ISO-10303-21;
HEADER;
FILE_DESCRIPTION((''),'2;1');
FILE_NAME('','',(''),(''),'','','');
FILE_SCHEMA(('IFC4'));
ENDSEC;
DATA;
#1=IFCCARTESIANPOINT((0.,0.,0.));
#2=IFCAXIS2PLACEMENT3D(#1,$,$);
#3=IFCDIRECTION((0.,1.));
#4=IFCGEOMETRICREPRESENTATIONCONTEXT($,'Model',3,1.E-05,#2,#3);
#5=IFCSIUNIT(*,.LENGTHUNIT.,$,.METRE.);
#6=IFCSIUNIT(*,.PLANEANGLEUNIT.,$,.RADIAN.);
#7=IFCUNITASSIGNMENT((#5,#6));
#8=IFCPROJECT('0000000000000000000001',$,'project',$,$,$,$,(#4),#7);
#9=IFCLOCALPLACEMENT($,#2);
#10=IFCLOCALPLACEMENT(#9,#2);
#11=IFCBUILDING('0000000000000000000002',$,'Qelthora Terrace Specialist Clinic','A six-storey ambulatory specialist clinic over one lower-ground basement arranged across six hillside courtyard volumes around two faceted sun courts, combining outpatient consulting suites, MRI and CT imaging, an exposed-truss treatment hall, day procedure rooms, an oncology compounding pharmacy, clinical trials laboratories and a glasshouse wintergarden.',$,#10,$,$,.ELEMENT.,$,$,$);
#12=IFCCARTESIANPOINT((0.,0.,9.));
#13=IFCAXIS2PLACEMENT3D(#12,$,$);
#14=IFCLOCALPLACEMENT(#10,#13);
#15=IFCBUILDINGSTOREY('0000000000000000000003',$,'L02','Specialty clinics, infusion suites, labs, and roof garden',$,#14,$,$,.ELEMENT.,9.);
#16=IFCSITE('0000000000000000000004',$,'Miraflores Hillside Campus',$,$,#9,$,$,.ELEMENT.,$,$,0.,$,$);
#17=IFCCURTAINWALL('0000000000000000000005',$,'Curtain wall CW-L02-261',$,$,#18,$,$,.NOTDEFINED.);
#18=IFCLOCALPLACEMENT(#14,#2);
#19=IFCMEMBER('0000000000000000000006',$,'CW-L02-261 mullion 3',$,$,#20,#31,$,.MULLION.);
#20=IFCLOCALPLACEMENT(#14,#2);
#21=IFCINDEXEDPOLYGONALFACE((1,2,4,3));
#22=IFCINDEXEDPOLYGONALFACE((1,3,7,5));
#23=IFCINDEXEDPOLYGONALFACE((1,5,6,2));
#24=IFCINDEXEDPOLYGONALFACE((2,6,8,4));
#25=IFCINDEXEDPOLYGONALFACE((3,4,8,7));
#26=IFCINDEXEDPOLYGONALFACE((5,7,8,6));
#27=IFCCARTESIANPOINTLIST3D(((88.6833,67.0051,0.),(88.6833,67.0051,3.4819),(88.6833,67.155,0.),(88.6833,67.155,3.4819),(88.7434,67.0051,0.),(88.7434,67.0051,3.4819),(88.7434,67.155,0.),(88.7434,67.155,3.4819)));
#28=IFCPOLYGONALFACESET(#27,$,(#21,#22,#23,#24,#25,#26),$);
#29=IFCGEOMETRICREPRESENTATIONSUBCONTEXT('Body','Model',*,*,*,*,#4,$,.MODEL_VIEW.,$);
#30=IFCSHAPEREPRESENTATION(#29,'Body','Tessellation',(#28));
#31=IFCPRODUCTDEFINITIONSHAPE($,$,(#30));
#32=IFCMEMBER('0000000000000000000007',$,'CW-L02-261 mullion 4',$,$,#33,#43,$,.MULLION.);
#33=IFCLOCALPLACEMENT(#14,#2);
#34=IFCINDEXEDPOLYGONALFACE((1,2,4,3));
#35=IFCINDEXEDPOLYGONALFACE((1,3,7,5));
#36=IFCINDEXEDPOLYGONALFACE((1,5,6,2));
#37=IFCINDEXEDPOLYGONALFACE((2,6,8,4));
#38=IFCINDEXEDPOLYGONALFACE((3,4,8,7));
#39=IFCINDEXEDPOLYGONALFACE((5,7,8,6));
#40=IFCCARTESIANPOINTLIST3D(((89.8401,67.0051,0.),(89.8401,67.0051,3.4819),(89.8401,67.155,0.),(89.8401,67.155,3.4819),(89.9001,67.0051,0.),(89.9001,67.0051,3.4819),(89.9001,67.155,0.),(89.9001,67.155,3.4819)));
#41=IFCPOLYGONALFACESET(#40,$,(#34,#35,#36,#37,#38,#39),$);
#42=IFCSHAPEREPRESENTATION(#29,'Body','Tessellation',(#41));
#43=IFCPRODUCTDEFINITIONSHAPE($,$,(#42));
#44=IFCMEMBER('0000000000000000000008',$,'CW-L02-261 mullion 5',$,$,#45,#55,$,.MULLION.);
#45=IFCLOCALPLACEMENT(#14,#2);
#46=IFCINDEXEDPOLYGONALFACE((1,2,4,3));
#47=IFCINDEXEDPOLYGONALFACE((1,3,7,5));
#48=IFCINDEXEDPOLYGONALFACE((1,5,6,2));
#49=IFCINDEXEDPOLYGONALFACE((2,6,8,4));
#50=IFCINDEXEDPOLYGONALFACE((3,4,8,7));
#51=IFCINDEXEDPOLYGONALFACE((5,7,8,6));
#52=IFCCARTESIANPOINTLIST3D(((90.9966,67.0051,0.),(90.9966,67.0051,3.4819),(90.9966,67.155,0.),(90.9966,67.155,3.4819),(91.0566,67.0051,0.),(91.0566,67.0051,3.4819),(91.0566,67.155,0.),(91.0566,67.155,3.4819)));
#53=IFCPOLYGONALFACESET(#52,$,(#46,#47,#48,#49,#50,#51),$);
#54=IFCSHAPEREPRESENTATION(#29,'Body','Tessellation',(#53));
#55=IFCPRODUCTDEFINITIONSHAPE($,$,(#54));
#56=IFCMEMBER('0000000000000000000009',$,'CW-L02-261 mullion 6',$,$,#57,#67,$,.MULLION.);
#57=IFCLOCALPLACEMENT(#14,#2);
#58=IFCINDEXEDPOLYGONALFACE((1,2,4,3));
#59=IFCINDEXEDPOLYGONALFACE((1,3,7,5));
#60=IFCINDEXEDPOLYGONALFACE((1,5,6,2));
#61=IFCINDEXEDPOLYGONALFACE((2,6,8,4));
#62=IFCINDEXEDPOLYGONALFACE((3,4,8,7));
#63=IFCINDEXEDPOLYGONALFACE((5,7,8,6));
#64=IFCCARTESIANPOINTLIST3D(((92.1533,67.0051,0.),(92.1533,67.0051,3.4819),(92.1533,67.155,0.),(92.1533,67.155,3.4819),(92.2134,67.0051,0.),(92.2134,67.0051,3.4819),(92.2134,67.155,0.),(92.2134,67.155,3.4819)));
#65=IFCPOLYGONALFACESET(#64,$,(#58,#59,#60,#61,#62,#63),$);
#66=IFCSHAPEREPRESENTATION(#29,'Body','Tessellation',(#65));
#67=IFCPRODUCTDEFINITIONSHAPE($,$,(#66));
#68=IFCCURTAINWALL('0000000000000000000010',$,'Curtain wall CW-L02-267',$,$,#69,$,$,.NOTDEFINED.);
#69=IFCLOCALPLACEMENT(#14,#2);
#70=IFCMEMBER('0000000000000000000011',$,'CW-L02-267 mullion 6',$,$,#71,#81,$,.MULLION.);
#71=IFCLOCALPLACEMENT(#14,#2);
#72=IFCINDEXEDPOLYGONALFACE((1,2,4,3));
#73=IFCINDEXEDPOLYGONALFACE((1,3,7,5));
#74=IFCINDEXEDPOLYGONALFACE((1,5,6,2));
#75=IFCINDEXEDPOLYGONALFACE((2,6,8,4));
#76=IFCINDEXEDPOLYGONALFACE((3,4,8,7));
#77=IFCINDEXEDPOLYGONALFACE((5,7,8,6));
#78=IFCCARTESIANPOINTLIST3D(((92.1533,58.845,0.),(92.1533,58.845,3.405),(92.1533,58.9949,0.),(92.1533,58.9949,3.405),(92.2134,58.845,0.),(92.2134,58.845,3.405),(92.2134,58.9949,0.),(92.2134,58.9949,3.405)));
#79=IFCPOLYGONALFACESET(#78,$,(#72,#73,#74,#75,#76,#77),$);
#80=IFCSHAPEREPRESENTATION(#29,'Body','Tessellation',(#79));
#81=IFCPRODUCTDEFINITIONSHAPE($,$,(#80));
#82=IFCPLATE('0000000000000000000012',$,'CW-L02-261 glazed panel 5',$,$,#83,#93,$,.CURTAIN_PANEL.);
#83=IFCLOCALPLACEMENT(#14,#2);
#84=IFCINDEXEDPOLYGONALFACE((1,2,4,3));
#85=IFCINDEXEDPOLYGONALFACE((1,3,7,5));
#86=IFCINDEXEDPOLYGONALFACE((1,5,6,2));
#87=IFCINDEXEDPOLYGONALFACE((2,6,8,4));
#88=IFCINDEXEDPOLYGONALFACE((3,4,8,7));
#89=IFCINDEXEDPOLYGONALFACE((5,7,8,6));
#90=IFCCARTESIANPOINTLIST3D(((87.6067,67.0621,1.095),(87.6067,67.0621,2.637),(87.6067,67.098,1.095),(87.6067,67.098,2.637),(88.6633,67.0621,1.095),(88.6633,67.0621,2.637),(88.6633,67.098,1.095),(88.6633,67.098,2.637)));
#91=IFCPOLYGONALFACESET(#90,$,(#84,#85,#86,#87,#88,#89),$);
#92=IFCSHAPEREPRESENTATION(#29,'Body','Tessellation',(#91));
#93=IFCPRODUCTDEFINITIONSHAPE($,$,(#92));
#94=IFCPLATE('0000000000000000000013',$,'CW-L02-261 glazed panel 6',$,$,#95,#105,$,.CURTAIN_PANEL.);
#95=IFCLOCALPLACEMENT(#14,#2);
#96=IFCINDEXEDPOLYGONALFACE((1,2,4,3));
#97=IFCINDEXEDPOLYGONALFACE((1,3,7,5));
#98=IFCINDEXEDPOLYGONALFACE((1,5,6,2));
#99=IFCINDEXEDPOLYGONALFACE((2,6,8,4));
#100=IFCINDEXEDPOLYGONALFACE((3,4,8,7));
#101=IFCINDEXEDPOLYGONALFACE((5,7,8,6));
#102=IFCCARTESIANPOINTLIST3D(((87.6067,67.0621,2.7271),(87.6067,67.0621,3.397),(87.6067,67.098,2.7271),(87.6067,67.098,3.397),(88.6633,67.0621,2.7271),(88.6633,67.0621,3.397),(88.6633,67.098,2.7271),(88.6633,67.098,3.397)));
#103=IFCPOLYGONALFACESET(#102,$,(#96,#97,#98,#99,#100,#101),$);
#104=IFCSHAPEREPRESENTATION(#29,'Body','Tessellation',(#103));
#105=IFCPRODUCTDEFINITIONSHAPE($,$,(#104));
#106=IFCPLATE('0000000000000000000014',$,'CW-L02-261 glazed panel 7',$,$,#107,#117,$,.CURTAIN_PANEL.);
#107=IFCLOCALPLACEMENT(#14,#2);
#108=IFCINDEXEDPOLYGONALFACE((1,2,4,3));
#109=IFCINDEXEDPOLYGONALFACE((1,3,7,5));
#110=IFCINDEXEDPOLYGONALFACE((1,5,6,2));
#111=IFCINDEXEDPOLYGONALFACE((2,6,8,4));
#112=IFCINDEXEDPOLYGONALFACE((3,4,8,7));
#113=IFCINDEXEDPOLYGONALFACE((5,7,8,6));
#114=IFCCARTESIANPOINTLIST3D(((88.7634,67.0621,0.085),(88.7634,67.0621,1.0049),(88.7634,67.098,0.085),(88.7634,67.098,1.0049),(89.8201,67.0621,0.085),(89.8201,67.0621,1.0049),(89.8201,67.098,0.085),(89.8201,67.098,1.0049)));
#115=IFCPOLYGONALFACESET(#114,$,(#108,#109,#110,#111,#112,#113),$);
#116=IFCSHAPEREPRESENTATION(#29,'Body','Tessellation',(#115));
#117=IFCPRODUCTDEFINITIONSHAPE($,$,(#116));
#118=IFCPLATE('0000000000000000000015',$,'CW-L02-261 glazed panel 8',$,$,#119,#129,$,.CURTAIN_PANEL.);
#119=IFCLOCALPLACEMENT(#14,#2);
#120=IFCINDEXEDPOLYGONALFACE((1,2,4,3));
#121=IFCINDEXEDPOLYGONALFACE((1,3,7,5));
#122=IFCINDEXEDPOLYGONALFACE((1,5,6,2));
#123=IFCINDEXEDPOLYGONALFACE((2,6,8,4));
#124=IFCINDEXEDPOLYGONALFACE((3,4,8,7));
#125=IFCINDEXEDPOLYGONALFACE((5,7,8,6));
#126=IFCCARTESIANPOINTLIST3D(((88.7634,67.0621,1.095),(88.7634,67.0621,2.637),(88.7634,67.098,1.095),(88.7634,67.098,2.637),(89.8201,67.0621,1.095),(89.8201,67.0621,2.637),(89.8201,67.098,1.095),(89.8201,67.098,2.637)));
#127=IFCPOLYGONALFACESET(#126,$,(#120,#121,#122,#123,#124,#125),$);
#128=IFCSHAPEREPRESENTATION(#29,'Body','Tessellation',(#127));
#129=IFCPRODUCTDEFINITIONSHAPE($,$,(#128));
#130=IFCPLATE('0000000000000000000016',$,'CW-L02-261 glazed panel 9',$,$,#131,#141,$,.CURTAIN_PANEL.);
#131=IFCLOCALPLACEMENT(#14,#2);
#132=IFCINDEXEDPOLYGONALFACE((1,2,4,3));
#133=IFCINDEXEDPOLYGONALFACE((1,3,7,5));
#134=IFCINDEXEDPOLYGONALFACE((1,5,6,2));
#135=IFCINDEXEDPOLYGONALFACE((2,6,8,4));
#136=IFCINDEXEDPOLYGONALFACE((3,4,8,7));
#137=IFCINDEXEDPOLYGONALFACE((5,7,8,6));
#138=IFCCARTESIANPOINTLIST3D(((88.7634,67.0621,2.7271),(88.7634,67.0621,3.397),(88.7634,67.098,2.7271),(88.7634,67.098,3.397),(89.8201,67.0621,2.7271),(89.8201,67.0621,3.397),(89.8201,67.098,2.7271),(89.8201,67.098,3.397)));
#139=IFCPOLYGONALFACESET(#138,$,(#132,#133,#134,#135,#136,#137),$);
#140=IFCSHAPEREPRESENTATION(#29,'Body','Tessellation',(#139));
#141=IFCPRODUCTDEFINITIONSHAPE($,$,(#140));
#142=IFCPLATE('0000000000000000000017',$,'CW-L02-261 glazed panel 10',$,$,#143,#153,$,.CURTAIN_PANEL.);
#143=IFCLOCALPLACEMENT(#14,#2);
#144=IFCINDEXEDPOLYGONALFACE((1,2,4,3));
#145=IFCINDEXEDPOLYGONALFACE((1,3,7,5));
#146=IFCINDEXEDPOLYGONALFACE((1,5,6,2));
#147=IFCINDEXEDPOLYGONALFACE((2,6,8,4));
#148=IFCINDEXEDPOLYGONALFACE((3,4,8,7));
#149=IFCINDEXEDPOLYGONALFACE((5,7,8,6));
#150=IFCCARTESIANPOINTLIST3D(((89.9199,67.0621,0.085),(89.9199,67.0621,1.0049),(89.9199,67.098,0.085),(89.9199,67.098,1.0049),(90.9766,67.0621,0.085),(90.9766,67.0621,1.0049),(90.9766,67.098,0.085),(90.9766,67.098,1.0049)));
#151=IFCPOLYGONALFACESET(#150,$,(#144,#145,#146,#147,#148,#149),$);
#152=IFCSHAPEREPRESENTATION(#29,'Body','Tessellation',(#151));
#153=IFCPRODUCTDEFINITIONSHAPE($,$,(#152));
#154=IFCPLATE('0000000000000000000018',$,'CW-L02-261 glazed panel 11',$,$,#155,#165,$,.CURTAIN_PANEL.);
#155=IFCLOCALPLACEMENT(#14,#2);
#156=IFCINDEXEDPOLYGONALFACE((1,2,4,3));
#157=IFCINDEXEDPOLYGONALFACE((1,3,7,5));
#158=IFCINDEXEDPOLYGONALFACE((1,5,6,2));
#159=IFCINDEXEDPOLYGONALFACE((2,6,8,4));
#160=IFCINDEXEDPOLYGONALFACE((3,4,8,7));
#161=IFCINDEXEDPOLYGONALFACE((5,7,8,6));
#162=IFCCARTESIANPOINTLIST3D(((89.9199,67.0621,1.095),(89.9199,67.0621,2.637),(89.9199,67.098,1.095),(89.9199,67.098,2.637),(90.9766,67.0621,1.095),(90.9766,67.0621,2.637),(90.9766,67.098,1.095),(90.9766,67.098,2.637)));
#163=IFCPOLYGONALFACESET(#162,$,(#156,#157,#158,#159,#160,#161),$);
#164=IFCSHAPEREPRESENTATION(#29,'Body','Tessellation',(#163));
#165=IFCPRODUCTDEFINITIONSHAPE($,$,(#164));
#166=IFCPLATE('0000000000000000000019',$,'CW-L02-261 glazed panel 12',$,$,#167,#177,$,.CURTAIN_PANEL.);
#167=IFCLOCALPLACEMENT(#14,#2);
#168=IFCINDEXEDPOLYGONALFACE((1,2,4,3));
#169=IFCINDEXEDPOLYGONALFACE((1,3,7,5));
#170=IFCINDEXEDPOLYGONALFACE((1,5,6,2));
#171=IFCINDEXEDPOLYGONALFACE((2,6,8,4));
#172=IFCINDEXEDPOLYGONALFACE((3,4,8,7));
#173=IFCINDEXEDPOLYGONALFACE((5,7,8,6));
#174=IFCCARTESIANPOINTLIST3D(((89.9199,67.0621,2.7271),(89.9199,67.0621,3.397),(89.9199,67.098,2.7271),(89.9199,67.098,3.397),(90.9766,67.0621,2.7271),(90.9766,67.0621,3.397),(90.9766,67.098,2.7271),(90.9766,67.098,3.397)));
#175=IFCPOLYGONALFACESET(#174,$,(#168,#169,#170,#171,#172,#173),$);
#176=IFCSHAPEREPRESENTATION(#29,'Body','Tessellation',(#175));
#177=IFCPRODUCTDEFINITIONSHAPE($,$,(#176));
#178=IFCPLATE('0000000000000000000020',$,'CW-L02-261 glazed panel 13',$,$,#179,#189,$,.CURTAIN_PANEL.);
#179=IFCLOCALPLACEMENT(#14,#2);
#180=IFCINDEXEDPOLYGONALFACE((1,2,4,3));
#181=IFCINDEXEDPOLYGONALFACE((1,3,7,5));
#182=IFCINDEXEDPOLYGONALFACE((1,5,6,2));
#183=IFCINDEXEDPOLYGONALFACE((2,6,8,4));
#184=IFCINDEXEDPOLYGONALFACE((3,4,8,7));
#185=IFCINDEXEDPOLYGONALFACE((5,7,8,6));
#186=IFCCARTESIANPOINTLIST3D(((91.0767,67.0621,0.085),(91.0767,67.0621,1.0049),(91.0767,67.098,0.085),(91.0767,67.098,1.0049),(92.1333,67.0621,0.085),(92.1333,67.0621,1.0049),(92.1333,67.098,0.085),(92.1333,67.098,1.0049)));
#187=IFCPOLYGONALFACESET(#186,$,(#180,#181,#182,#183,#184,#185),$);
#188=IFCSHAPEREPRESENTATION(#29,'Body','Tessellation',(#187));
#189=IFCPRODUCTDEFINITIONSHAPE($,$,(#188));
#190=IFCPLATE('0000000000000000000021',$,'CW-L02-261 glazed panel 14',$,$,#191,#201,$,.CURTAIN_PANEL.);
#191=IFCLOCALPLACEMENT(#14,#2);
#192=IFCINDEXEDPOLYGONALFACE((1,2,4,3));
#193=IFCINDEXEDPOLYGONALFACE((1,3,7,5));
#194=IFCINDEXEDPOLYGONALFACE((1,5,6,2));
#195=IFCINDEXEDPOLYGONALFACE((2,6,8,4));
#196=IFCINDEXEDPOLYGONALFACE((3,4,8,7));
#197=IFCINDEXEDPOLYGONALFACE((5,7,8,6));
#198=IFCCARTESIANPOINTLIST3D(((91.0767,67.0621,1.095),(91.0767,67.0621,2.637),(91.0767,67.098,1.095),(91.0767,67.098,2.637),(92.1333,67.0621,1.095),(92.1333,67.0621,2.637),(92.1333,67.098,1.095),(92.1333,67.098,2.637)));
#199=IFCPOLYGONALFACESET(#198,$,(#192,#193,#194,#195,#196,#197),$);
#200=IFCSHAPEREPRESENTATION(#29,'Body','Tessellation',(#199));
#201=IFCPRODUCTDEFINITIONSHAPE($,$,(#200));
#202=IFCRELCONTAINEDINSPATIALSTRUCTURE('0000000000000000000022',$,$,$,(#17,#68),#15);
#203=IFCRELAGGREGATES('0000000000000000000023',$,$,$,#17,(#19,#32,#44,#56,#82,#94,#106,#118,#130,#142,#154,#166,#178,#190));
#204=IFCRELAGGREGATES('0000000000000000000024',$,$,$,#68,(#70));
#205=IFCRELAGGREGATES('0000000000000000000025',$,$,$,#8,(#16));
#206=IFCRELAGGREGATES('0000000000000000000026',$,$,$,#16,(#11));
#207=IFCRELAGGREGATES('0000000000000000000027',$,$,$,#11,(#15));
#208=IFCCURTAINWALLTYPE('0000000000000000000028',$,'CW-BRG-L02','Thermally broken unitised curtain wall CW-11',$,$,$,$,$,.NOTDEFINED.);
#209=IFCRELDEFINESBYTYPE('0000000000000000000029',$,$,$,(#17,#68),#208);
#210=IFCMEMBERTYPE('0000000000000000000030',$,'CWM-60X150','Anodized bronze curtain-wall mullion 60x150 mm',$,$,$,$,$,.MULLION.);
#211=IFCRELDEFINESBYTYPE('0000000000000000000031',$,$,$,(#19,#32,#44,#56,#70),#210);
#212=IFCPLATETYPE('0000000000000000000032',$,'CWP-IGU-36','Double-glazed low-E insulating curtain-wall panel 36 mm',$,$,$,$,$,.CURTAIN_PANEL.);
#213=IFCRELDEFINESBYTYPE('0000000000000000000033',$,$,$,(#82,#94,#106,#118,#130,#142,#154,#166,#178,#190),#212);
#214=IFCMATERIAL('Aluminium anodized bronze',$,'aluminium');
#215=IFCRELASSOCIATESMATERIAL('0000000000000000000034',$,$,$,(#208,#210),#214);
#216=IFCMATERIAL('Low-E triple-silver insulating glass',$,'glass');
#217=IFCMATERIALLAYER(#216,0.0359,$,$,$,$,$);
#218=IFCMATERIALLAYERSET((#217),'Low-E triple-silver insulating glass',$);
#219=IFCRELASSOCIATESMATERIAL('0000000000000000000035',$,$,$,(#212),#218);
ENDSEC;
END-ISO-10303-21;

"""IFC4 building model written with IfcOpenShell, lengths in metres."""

from ifc_helpers import new_model, si_unit, direction, frame, origin, origin_2d, place, context, subcontext, project, spatial, rectangle, extrude, material, layer, layer_set, material_profile, profile_set, type_object, element, aggregate, save


model = new_model("IFC4")

# Units and contexts
model_context = context("Model", 3, precision=1e-05, world=origin(), true_north=direction((0.0, 1.0)))
body_context = subcontext(model_context, "Body", "Model", "MODEL_VIEW")
ifc_project = project(units=[si_unit("LENGTHUNIT", "METRE"), si_unit("PLANEANGLEUNIT", "RADIAN")], contexts=[model_context])

# Site, building, storey
site_placement = place(None, origin())
site = spatial("IfcSite", under=ifc_project, at=site_placement, Name="Miraflores Hillside Campus", CompositionType="ELEMENT", RefElevation=0.0)
building_placement = place(site_placement, origin())
building = spatial("IfcBuilding", under=site, at=building_placement, Name="Qelthora Terrace Specialist Clinic", Description="A six-storey ambulatory specialist clinic over one lower-ground basement arranged across six hillside courtyard volumes around two faceted sun courts, combining outpatient consulting suites, MRI and CT imaging, an exposed-truss treatment hall, day procedure rooms, an oncology compounding pharmacy, clinical trials laboratories and a glasshouse wintergarden.", CompositionType="ELEMENT")
storey_placement = place(building_placement, frame((0.0, 0.0, 9.0)))
storey = spatial("IfcBuildingStorey", under=building, at=storey_placement, Name="L02", Description="Specialty clinics, infusion suites, labs, and roof garden", CompositionType="ELEMENT", Elevation=9.0)

# Curtain wall, members
ifc_material_1 = material(Name="Aluminium anodized bronze", Category="aluminium")
curtain_wall_type = type_object("IfcCurtainWallType", Name="CW-BRG-L02", Description="Thermally broken unitised curtain wall CW-11", PredefinedType="NOTDEFINED", material=ifc_material_1)
curtain_wall_1_placement = place(storey_placement, origin())
curtain_wall_1 = element("IfcCurtainWall", 1, at=curtain_wall_1_placement, inside=storey, type_object=curtain_wall_type, Name="Curtain wall CW-L02-261", PredefinedType="NOTDEFINED")
ifc_material_profile = material_profile(ifc_material_1, rectangle(XDim=0.0601, YDim=0.1499, at=origin_2d()), Name="CWM60X150")
ifc_profile_set = profile_set([ifc_material_profile], Name="Aluminium anodized bronze")
member_type = type_object("IfcMemberType", Name="CWM-60X150", Description="Anodized bronze curtain-wall mullion 60x150 mm", PredefinedType="MULLION", material=ifc_profile_set)
member_1_placement = place(storey_placement, frame((88.7134, 67.0801, 0.0), z_axis=(0.0, 0.0, 1.0), x_axis=(1.0, 0.0, 0.0)))
member_1 = element("IfcMember", 2, at=member_1_placement, type_object=member_type, Name="CW-L02-261 mullion 3", PredefinedType="MULLION", context=body_context, shape_type="SweptSolid", body=[
    extrude(rectangle(XDim=0.0601, YDim=0.1499, at=origin_2d()), origin(), (0.0, 0.0, 1.0), 3.4819),
])
member_2_placement = place(storey_placement, frame((89.8701, 67.0801, 0.0), z_axis=(0.0, 0.0, 1.0), x_axis=(1.0, 0.0, 0.0)))
member_2 = element("IfcMember", 3, at=member_2_placement, type_object=member_type, Name="CW-L02-261 mullion 4", PredefinedType="MULLION", context=body_context, shape_type="SweptSolid", body=[
    extrude(rectangle(XDim=0.0601, YDim=0.1499, at=origin_2d()), origin(), (0.0, 0.0, 1.0), 3.4819),
])
member_3_placement = place(storey_placement, frame((91.0266, 67.0801, 0.0), z_axis=(0.0, 0.0, 1.0), x_axis=(1.0, 0.0, 0.0)))
member_3 = element("IfcMember", 4, at=member_3_placement, type_object=member_type, Name="CW-L02-261 mullion 5", PredefinedType="MULLION", context=body_context, shape_type="SweptSolid", body=[
    extrude(rectangle(XDim=0.0601, YDim=0.1499, at=origin_2d()), origin(), (0.0, 0.0, 1.0), 3.4819),
])
member_4_placement = place(storey_placement, frame((92.1833, 67.0801, 0.0), z_axis=(0.0, 0.0, 1.0), x_axis=(1.0, 0.0, 0.0)))
member_4 = element("IfcMember", 5, at=member_4_placement, type_object=member_type, Name="CW-L02-261 mullion 6", PredefinedType="MULLION", context=body_context, shape_type="SweptSolid", body=[
    extrude(rectangle(XDim=0.0601, YDim=0.1499, at=origin_2d()), origin(), (0.0, 0.0, 1.0), 3.4819),
])

# Curtain wall, member
curtain_wall_2_placement = place(storey_placement, origin())
curtain_wall_2 = element("IfcCurtainWall", 6, at=curtain_wall_2_placement, inside=storey, type_object=curtain_wall_type, Name="Curtain wall CW-L02-267", PredefinedType="NOTDEFINED")
member_5_placement = place(storey_placement, frame((92.1833, 58.9199, 0.0), z_axis=(0.0, 0.0, 1.0), x_axis=(1.0, 0.0, 0.0)))
member_5 = element("IfcMember", 7, at=member_5_placement, type_object=member_type, Name="CW-L02-267 mullion 6", PredefinedType="MULLION", context=body_context, shape_type="SweptSolid", body=[
    extrude(rectangle(XDim=0.0601, YDim=0.1499, at=origin_2d()), origin(), (0.0, 0.0, 1.0), 3.405),
])

# Plates
ifc_material_2 = material(Name="Low-E triple-silver insulating glass", Category="glass")
ifc_layer = layer(ifc_material_2, 0.0359)
ifc_layer_set = layer_set([ifc_layer], Name="Low-E triple-silver insulating glass")
plate_type = type_object("IfcPlateType", Name="CWP-IGU-36", Description="Double-glazed low-E insulating curtain-wall panel 36 mm", PredefinedType="CURTAIN_PANEL", material=ifc_layer_set)
plate_1_placement = place(storey_placement, frame((88.135, 67.0801, 1.095), z_axis=(0.0, 0.0, 1.0), x_axis=(1.0, 0.0, 0.0)))
plate_1 = element("IfcPlate", 8, at=plate_1_placement, type_object=plate_type, Name="CW-L02-261 glazed panel 5", PredefinedType="CURTAIN_PANEL", context=body_context, shape_type="SweptSolid", body=[
    extrude(rectangle(XDim=1.0566, YDim=0.0359, at=origin_2d()), origin(), (0.0, 0.0, 1.0), 1.542),
])
plate_2_placement = place(storey_placement, frame((88.135, 67.0801, 2.7271), z_axis=(0.0, 0.0, 1.0), x_axis=(1.0, 0.0, 0.0)))
plate_2 = element("IfcPlate", 9, at=plate_2_placement, type_object=plate_type, Name="CW-L02-261 glazed panel 6", PredefinedType="CURTAIN_PANEL", context=body_context, shape_type="SweptSolid", body=[
    extrude(rectangle(XDim=1.0566, YDim=0.0359, at=origin_2d()), origin(), (0.0, 0.0, 1.0), 0.6699),
])
plate_3_placement = place(storey_placement, frame((89.2917, 67.0801, 0.085), z_axis=(0.0, 0.0, 1.0), x_axis=(1.0, 0.0, 0.0)))
plate_3 = element("IfcPlate", 10, at=plate_3_placement, type_object=plate_type, Name="CW-L02-261 glazed panel 7", PredefinedType="CURTAIN_PANEL", context=body_context, shape_type="SweptSolid", body=[
    extrude(rectangle(XDim=1.0566, YDim=0.0359, at=origin_2d()), origin(), (0.0, 0.0, 1.0), 0.9199),
])
plate_4_placement = place(storey_placement, frame((89.2917, 67.0801, 1.095), z_axis=(0.0, 0.0, 1.0), x_axis=(1.0, 0.0, 0.0)))
plate_4 = element("IfcPlate", 11, at=plate_4_placement, type_object=plate_type, Name="CW-L02-261 glazed panel 8", PredefinedType="CURTAIN_PANEL", context=body_context, shape_type="SweptSolid", body=[
    extrude(rectangle(XDim=1.0566, YDim=0.0359, at=origin_2d()), origin(), (0.0, 0.0, 1.0), 1.542),
])
plate_5_placement = place(storey_placement, frame((89.2917, 67.0801, 2.7271), z_axis=(0.0, 0.0, 1.0), x_axis=(1.0, 0.0, 0.0)))
plate_5 = element("IfcPlate", 12, at=plate_5_placement, type_object=plate_type, Name="CW-L02-261 glazed panel 9", PredefinedType="CURTAIN_PANEL", context=body_context, shape_type="SweptSolid", body=[
    extrude(rectangle(XDim=1.0566, YDim=0.0359, at=origin_2d()), origin(), (0.0, 0.0, 1.0), 0.6699),
])
plate_6_placement = place(storey_placement, frame((90.4482, 67.0801, 0.085), z_axis=(0.0, 0.0, 1.0), x_axis=(1.0, 0.0, 0.0)))
plate_6 = element("IfcPlate", 13, at=plate_6_placement, type_object=plate_type, Name="CW-L02-261 glazed panel 10", PredefinedType="CURTAIN_PANEL", context=body_context, shape_type="SweptSolid", body=[
    extrude(rectangle(XDim=1.0566, YDim=0.0359, at=origin_2d()), origin(), (0.0, 0.0, 1.0), 0.9199),
])
plate_7_placement = place(storey_placement, frame((90.4482, 67.0801, 1.095), z_axis=(0.0, 0.0, 1.0), x_axis=(1.0, 0.0, 0.0)))
plate_7 = element("IfcPlate", 14, at=plate_7_placement, type_object=plate_type, Name="CW-L02-261 glazed panel 11", PredefinedType="CURTAIN_PANEL", context=body_context, shape_type="SweptSolid", body=[
    extrude(rectangle(XDim=1.0566, YDim=0.0359, at=origin_2d()), origin(), (0.0, 0.0, 1.0), 1.542),
])
plate_8_placement = place(storey_placement, frame((90.4482, 67.0801, 2.7271), z_axis=(0.0, 0.0, 1.0), x_axis=(1.0, 0.0, 0.0)))
plate_8 = element("IfcPlate", 15, at=plate_8_placement, type_object=plate_type, Name="CW-L02-261 glazed panel 12", PredefinedType="CURTAIN_PANEL", context=body_context, shape_type="SweptSolid", body=[
    extrude(rectangle(XDim=1.0566, YDim=0.0359, at=origin_2d()), origin(), (0.0, 0.0, 1.0), 0.6699),
])
plate_9_placement = place(storey_placement, frame((91.605, 67.0801, 0.085), z_axis=(0.0, 0.0, 1.0), x_axis=(1.0, 0.0, 0.0)))
plate_9 = element("IfcPlate", 16, at=plate_9_placement, type_object=plate_type, Name="CW-L02-261 glazed panel 13", PredefinedType="CURTAIN_PANEL", context=body_context, shape_type="SweptSolid", body=[
    extrude(rectangle(XDim=1.0566, YDim=0.0359, at=origin_2d()), origin(), (0.0, 0.0, 1.0), 0.9199),
])
plate_10_placement = place(storey_placement, frame((91.605, 67.0801, 1.095), z_axis=(0.0, 0.0, 1.0), x_axis=(1.0, 0.0, 0.0)))
plate_10 = element("IfcPlate", 17, at=plate_10_placement, type_object=plate_type, Name="CW-L02-261 glazed panel 14", PredefinedType="CURTAIN_PANEL", context=body_context, shape_type="SweptSolid", body=[
    extrude(rectangle(XDim=1.0566, YDim=0.0359, at=origin_2d()), origin(), (0.0, 0.0, 1.0), 1.542),
])
aggregate(curtain_wall_1, [member_1, member_2, member_3, member_4, plate_1, plate_2, plate_3, plate_4, plate_5, plate_6, plate_7, plate_8, plate_9, plate_10])
aggregate(curtain_wall_2, [member_5])

save(model, "model.ifc")
